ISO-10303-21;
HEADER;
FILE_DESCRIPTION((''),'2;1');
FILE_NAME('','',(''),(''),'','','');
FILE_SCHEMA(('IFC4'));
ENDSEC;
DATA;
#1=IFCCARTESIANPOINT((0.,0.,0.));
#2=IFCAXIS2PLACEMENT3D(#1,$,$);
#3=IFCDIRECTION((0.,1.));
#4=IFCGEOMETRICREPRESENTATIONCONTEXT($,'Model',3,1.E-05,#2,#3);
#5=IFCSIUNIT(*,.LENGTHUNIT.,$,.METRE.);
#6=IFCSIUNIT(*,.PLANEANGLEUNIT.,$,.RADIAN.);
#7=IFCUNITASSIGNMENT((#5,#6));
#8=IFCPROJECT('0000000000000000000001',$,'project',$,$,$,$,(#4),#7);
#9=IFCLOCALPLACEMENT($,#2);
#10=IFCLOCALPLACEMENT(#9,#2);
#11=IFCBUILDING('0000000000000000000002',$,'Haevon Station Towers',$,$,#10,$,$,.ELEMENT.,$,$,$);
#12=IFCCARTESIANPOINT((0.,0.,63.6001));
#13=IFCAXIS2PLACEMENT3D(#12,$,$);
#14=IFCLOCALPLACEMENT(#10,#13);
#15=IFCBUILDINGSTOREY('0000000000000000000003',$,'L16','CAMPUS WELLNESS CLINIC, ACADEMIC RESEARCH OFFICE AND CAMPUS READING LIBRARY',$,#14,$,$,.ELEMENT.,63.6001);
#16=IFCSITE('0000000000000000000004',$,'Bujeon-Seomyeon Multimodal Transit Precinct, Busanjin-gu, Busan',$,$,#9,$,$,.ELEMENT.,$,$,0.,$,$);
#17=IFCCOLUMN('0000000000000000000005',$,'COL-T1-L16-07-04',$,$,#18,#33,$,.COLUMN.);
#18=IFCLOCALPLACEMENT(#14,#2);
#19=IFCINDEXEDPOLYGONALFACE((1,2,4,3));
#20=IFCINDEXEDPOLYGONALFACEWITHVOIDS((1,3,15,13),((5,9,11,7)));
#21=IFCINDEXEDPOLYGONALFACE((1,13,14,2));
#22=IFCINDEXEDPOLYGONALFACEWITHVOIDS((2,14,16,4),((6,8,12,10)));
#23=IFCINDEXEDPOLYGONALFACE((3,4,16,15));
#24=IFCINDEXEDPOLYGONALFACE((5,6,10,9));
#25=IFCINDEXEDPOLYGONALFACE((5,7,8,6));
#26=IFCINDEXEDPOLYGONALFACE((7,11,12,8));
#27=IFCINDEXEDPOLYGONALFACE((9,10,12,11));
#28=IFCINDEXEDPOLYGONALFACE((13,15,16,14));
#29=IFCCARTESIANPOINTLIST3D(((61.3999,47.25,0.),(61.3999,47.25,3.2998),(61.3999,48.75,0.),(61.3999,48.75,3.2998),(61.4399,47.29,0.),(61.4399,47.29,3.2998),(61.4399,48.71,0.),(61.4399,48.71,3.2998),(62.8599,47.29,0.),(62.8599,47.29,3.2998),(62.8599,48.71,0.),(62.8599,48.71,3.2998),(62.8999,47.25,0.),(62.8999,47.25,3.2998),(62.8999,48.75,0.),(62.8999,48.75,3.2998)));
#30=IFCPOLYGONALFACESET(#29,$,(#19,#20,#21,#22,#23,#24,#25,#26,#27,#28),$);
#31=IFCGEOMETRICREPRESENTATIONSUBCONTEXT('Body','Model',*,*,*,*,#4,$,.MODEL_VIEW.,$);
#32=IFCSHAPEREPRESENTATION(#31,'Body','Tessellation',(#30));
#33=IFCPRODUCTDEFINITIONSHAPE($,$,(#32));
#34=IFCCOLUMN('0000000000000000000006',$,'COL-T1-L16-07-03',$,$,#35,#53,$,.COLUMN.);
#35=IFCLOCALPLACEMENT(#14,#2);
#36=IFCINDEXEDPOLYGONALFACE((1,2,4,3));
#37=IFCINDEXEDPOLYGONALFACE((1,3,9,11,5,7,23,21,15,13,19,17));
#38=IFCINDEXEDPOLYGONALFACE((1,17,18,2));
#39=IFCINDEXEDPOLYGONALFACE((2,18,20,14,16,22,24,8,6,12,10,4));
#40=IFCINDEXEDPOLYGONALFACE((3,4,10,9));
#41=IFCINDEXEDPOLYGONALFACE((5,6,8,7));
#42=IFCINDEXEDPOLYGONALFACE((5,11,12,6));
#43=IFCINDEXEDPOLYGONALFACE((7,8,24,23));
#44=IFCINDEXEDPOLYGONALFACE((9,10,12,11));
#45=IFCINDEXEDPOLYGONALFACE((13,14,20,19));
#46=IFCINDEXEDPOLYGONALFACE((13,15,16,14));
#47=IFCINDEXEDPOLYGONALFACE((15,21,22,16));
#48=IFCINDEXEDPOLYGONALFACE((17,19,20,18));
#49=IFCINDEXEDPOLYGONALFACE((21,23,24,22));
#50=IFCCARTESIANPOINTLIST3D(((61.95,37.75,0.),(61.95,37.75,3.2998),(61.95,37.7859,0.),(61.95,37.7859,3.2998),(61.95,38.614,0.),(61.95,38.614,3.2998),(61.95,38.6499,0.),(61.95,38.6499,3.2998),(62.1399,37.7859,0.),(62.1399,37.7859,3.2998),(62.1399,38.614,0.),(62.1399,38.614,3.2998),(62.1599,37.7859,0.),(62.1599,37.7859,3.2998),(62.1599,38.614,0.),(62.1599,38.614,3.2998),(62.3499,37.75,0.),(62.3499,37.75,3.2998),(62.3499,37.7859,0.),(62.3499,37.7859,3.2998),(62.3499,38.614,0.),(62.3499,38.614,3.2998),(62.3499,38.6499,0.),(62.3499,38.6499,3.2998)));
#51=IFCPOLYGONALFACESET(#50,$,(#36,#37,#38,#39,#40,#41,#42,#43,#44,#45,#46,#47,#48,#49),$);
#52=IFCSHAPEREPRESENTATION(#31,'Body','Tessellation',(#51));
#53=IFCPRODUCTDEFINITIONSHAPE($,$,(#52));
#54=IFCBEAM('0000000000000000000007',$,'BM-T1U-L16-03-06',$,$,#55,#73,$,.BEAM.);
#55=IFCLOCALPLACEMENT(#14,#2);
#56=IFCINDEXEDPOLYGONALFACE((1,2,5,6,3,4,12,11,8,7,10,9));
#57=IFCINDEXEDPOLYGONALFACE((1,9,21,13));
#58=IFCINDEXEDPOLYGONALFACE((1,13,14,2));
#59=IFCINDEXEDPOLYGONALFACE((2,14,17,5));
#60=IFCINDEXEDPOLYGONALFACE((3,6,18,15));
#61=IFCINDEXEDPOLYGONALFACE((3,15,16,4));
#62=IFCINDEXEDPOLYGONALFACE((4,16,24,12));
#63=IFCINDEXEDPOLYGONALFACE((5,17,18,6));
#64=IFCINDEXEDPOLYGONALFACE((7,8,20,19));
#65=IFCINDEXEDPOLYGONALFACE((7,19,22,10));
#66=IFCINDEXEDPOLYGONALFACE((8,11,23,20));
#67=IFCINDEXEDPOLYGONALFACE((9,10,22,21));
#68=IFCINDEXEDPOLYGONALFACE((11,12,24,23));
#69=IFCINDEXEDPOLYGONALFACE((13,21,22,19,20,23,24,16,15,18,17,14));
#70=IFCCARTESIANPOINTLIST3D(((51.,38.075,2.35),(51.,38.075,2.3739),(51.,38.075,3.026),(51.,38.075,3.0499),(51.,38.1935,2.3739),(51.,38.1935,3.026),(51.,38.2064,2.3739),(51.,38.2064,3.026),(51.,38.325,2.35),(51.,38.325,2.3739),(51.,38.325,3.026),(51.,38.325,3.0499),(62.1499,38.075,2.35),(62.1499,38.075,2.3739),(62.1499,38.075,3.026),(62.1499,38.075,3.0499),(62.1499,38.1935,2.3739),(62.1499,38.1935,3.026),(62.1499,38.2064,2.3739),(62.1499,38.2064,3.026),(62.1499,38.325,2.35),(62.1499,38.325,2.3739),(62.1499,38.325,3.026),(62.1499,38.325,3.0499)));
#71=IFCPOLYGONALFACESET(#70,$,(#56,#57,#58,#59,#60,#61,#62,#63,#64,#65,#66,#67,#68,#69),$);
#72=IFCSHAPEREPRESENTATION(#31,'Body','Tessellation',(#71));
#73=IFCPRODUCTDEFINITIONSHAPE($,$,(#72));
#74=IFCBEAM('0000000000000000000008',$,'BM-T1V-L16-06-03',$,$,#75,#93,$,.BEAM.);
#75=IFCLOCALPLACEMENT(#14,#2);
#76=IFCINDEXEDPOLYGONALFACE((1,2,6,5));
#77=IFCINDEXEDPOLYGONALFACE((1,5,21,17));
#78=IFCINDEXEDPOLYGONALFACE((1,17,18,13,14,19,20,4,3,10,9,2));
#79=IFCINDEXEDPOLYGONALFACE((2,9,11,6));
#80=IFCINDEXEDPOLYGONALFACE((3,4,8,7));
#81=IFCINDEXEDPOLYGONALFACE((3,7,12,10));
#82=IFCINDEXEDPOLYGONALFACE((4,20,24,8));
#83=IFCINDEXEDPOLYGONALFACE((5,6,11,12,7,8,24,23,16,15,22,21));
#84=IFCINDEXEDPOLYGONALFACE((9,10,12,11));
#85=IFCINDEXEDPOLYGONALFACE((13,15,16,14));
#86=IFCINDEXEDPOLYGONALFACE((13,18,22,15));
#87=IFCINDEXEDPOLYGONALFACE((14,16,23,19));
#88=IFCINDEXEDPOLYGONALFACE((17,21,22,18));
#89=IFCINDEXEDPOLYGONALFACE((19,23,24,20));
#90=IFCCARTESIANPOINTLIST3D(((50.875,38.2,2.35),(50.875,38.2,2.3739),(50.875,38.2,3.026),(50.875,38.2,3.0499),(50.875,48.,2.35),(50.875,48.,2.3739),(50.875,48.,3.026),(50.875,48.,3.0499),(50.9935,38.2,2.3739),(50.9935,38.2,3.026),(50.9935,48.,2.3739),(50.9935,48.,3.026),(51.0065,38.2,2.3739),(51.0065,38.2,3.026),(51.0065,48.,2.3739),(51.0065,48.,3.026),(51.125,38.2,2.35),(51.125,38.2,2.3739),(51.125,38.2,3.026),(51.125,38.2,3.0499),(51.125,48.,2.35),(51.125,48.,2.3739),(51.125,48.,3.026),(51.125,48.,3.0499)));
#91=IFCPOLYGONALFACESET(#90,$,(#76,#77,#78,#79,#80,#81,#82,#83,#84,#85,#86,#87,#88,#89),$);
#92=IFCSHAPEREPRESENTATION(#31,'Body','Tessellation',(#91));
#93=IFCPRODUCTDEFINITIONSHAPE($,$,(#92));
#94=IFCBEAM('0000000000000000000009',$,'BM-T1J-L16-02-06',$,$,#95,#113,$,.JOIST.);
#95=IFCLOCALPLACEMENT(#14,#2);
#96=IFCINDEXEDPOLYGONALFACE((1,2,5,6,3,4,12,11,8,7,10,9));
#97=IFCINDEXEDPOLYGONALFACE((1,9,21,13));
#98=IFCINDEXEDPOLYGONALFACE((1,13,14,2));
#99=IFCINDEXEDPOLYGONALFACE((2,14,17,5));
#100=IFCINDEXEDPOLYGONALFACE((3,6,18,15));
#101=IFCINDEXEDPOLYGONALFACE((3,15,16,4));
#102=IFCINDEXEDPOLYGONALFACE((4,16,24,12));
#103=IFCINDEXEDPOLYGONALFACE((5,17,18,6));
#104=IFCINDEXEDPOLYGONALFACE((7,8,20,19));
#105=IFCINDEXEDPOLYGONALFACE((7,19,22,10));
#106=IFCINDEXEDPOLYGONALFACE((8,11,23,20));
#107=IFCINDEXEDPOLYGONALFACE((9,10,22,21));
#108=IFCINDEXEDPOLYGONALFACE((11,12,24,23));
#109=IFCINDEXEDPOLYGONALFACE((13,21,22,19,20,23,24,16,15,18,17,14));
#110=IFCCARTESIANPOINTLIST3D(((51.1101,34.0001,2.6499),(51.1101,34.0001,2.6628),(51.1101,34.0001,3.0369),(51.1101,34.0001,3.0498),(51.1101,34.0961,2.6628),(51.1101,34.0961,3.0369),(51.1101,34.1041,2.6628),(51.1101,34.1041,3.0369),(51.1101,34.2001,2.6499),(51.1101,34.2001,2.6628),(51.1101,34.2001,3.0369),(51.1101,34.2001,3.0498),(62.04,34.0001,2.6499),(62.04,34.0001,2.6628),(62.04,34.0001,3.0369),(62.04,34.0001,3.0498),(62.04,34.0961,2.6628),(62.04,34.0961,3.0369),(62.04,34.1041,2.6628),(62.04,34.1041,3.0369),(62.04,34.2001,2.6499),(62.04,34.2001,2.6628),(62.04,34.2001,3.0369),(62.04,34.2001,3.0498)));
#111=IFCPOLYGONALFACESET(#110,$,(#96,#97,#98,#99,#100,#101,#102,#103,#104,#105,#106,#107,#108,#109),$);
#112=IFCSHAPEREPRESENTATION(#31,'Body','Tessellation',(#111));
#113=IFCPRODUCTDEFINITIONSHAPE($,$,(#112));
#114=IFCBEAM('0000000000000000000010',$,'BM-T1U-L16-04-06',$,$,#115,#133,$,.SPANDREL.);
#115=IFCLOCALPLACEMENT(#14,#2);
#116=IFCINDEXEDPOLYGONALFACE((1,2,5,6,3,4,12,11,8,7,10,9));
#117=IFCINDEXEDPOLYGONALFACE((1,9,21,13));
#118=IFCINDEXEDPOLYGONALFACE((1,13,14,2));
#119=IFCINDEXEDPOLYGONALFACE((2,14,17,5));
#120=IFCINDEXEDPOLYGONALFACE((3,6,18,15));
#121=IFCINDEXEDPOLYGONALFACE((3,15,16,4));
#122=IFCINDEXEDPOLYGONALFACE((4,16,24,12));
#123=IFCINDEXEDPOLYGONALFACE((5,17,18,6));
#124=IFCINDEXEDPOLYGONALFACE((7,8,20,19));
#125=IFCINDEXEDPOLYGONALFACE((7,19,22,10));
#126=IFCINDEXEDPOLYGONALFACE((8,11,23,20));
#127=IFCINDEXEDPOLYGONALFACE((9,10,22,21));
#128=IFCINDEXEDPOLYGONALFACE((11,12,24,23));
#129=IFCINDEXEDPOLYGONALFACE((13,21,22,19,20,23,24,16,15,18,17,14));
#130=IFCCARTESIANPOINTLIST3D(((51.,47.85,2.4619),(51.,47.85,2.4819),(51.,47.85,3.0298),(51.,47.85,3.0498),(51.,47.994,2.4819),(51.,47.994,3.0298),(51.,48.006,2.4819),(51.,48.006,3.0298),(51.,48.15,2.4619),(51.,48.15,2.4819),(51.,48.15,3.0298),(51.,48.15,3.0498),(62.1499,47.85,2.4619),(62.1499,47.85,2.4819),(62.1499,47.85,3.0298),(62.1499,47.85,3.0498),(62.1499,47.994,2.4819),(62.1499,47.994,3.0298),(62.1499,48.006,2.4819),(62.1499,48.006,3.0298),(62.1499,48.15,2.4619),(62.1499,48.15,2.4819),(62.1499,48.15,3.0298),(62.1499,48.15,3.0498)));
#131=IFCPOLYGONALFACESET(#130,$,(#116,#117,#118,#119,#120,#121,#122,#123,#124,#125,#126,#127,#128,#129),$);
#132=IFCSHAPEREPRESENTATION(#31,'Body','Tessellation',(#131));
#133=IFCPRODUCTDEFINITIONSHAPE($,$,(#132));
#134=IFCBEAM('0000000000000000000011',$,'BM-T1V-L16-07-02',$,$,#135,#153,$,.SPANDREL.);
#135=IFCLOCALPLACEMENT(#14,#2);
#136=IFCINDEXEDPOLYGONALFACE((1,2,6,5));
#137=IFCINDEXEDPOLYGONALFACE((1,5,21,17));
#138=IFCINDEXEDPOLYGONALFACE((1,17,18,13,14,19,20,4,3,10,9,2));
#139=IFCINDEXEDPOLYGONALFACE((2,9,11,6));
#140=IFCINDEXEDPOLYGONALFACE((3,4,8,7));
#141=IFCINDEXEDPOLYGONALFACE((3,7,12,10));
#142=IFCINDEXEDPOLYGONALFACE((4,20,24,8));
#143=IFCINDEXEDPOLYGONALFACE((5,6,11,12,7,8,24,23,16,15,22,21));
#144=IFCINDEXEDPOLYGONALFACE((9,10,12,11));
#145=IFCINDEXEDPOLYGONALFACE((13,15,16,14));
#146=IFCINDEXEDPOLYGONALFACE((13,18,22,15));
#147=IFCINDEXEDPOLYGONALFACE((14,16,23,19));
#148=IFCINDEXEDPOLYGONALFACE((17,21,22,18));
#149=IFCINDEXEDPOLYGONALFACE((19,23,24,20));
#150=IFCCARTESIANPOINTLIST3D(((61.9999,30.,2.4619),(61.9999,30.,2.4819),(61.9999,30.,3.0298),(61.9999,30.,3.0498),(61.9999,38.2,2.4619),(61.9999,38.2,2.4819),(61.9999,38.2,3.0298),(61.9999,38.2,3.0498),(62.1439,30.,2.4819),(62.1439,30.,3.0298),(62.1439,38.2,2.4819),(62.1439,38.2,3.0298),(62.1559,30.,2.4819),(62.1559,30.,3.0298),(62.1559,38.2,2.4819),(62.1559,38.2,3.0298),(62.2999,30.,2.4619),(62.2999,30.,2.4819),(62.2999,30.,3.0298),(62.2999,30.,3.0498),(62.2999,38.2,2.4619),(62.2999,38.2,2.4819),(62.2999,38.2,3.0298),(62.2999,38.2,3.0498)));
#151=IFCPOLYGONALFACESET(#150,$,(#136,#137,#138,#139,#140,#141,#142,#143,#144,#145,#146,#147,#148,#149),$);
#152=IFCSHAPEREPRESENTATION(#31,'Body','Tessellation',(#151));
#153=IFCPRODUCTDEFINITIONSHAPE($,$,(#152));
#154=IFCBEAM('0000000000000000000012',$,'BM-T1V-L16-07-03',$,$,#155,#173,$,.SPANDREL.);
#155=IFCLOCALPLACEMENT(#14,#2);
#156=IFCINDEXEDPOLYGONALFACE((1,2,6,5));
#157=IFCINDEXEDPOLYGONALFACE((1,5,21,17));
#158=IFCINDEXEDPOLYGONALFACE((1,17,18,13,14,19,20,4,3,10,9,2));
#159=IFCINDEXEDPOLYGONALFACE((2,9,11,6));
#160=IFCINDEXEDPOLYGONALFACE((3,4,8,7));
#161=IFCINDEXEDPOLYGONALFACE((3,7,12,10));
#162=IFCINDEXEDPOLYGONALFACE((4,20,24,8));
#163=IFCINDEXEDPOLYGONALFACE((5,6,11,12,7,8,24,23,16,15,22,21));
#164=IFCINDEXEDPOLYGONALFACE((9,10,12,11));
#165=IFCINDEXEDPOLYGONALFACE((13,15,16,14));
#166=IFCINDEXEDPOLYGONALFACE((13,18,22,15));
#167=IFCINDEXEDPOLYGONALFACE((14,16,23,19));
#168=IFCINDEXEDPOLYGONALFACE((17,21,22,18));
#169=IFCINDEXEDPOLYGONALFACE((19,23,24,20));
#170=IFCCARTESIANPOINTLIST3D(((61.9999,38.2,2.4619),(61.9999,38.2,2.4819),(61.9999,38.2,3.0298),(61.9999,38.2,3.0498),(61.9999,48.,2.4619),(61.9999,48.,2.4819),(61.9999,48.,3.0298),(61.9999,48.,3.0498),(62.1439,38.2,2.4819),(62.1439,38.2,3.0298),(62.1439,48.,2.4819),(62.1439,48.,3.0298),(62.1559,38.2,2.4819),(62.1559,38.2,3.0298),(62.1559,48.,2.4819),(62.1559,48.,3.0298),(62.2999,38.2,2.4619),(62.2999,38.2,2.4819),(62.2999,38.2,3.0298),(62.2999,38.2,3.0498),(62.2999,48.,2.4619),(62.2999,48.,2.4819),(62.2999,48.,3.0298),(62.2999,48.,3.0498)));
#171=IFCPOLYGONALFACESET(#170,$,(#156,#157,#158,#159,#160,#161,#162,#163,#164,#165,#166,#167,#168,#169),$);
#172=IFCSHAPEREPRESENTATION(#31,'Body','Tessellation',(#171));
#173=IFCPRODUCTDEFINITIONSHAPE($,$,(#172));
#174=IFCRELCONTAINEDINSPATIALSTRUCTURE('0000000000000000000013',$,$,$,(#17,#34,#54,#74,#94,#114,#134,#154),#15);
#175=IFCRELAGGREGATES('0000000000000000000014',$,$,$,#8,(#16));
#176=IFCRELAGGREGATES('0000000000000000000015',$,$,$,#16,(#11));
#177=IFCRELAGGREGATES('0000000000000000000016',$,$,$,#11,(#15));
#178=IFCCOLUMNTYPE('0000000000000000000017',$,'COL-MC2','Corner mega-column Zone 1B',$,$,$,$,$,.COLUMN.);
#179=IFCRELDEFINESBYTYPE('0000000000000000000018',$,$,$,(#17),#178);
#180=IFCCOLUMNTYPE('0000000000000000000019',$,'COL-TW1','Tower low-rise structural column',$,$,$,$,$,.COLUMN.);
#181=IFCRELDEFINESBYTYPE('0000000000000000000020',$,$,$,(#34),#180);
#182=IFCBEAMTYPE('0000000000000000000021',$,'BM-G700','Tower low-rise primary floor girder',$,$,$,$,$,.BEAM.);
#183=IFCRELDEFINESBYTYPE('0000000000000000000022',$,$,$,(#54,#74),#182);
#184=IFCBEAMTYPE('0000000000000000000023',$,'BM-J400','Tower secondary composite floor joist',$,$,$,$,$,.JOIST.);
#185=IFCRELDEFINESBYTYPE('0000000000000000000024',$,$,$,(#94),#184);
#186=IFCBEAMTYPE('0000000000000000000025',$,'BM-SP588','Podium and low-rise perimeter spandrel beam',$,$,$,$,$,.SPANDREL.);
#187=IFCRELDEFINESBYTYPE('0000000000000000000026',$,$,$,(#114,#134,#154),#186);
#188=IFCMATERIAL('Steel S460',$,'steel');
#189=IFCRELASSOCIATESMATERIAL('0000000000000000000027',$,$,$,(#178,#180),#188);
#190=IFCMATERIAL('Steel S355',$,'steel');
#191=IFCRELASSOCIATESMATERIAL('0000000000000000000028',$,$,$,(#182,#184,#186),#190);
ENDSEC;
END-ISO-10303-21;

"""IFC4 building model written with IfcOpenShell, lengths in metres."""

from ifc_helpers import new_model, si_unit, direction, frame, origin, origin_2d, place, context, subcontext, project, spatial, hollow_rectangle, i_section, extrude, material, material_profile, profile_set, type_object, element, save


model = new_model("IFC4")

# Units and contexts
model_context = context("Model", 3, precision=1e-05, world=origin(), true_north=direction((0.0, 1.0)))
body_context = subcontext(model_context, "Body", "Model", "MODEL_VIEW")
ifc_project = project(units=[si_unit("LENGTHUNIT", "METRE"), si_unit("PLANEANGLEUNIT", "RADIAN")], contexts=[model_context])

# Site, building, storey
site_placement = place(None, origin())
site = spatial("IfcSite", under=ifc_project, at=site_placement, Name="Bujeon-Seomyeon Multimodal Transit Precinct, Busanjin-gu, Busan", CompositionType="ELEMENT", RefElevation=0.0)
building_placement = place(site_placement, origin())
building = spatial("IfcBuilding", under=site, at=building_placement, Name="Haevon Station Towers", CompositionType="ELEMENT")
storey_placement = place(building_placement, frame((0.0, 0.0, 63.6001)))
storey = spatial("IfcBuildingStorey", under=building, at=storey_placement, Name="L16", Description="CAMPUS WELLNESS CLINIC, ACADEMIC RESEARCH OFFICE AND CAMPUS READING LIBRARY", CompositionType="ELEMENT", Elevation=63.6001)

# Columns
ifc_material_1 = material(Name="Steel S460", Category="steel")
ifc_material_profile_1 = material_profile(ifc_material_1, hollow_rectangle(XDim=1.5, YDim=1.5, WallThickness=0.04, at=origin_2d()), Name="BOX-1500x1500x40")
ifc_profile_set_1 = profile_set([ifc_material_profile_1], Name="Steel S460")
column_type_1 = type_object("IfcColumnType", Name="COL-MC2", Description="Corner mega-column Zone 1B", PredefinedType="COLUMN", material=ifc_profile_set_1)
column_1_placement = place(storey_placement, frame((62.1499, 48.0, 0.0), z_axis=(0.0, 0.0, 1.0), x_axis=(1.0, 0.0, 0.0)))
element("IfcColumn", 1, at=column_1_placement, inside=storey, type_object=column_type_1, Name="COL-T1-L16-07-04", PredefinedType="COLUMN", context=body_context, shape_type="SweptSolid", body=[
    extrude(hollow_rectangle(XDim=1.5, YDim=1.5, WallThickness=0.04, at=origin_2d()), origin(), (0.0, 0.0, 1.0), 3.2998),
])
ifc_material_profile_2 = material_profile(ifc_material_1, i_section(OverallWidth=0.3999, OverallDepth=0.8999, WebThickness=0.02, FlangeThickness=0.0359, at=origin_2d()), Name="H-900x400x20x36")
ifc_profile_set_2 = profile_set([ifc_material_profile_2], Name="Steel S460")
column_type_2 = type_object("IfcColumnType", Name="COL-TW1", Description="Tower low-rise structural column", PredefinedType="COLUMN", material=ifc_profile_set_2)
column_2_placement = place(storey_placement, frame((62.1499, 38.2, 0.0), z_axis=(0.0, 0.0, 1.0), x_axis=(1.0, 0.0, 0.0)))
element("IfcColumn", 2, at=column_2_placement, inside=storey, type_object=column_type_2, Name="COL-T1-L16-07-03", PredefinedType="COLUMN", context=body_context, shape_type="SweptSolid", body=[
    extrude(i_section(OverallWidth=0.3999, OverallDepth=0.8999, WebThickness=0.02, FlangeThickness=0.0359, at=origin_2d()), origin(), (0.0, 0.0, 1.0), 3.2998),
])

# Beams
ifc_material_2 = material(Name="Steel S355", Category="steel")
ifc_material_profile_3 = material_profile(ifc_material_2, i_section(OverallWidth=0.25, OverallDepth=0.7, WebThickness=0.0129, FlangeThickness=0.0239, at=origin_2d()), Name="H-700x250x13x24")
ifc_profile_set_3 = profile_set([ifc_material_profile_3], Name="Steel S355")
beam_type_1 = type_object("IfcBeamType", Name="BM-G700", Description="Tower low-rise primary floor girder", PredefinedType="BEAM", material=ifc_profile_set_3)
beam_1_placement = place(storey_placement, frame((51.0, 38.2, 2.7), z_axis=(1.0, 0.0, 0.0), x_axis=(0.0, 1.0, 0.0)))
element("IfcBeam", 3, at=beam_1_placement, inside=storey, type_object=beam_type_1, Name="BM-T1U-L16-03-06", PredefinedType="BEAM", context=body_context, shape_type="SweptSolid", body=[
    extrude(i_section(OverallWidth=0.25, OverallDepth=0.7, WebThickness=0.0129, FlangeThickness=0.0239, at=origin_2d()), origin(), (0.0, 0.0, 1.0), 11.1499),
])
beam_2_placement = place(storey_placement, frame((51.0, 38.2, 2.7), z_axis=(0.0, 1.0, 0.0), x_axis=(-1.0, 0.0, 0.0)))
element("IfcBeam", 4, at=beam_2_placement, inside=storey, type_object=beam_type_1, Name="BM-T1V-L16-06-03", PredefinedType="BEAM", context=body_context, shape_type="SweptSolid", body=[
    extrude(i_section(OverallWidth=0.25, OverallDepth=0.7, WebThickness=0.0129, FlangeThickness=0.0239, at=origin_2d()), origin(), (0.0, 0.0, 1.0), 9.8),
])
ifc_material_profile_4 = material_profile(ifc_material_2, i_section(OverallWidth=0.2, OverallDepth=0.3999, WebThickness=0.0081, FlangeThickness=0.0129, at=origin_2d()), Name="H-400x200x8x13")
ifc_profile_set_4 = profile_set([ifc_material_profile_4], Name="Steel S355")
beam_type_2 = type_object("IfcBeamType", Name="BM-J400", Description="Tower secondary composite floor joist", PredefinedType="JOIST", material=ifc_profile_set_4)
beam_3_placement = place(storey_placement, frame((51.1101, 34.1001, 2.8499), z_axis=(1.0, 0.0, 0.0), x_axis=(0.0, 1.0, 0.0)))
element("IfcBeam", 5, at=beam_3_placement, inside=storey, type_object=beam_type_2, Name="BM-T1J-L16-02-06", PredefinedType="JOIST", context=body_context, shape_type="SweptSolid", body=[
    extrude(i_section(OverallWidth=0.2, OverallDepth=0.3999, WebThickness=0.0081, FlangeThickness=0.0129, at=origin_2d()), origin(), (0.0, 0.0, 1.0), 10.9299),
])
ifc_material_profile_5 = material_profile(ifc_material_2, i_section(OverallWidth=0.3, OverallDepth=0.5879, WebThickness=0.012, FlangeThickness=0.02, at=origin_2d()), Name="H-588x300x12x20")
ifc_profile_set_5 = profile_set([ifc_material_profile_5], Name="Steel S355")
beam_type_3 = type_object("IfcBeamType", Name="BM-SP588", Description="Podium and low-rise perimeter spandrel beam", PredefinedType="SPANDREL", material=ifc_profile_set_5)
beam_4_placement = place(storey_placement, frame((51.0, 48.0, 2.7559), z_axis=(1.0, 0.0, 0.0), x_axis=(0.0, 1.0, 0.0)))
element("IfcBeam", 6, at=beam_4_placement, inside=storey, type_object=beam_type_3, Name="BM-T1U-L16-04-06", PredefinedType="SPANDREL", context=body_context, shape_type="SweptSolid", body=[
    extrude(i_section(OverallWidth=0.3, OverallDepth=0.5879, WebThickness=0.012, FlangeThickness=0.02, at=origin_2d()), origin(), (0.0, 0.0, 1.0), 11.1499),
])
beam_5_placement = place(storey_placement, frame((62.1499, 30.0, 2.7559), z_axis=(0.0, 1.0, 0.0), x_axis=(-1.0, 0.0, 0.0)))
element("IfcBeam", 7, at=beam_5_placement, inside=storey, type_object=beam_type_3, Name="BM-T1V-L16-07-02", PredefinedType="SPANDREL", context=body_context, shape_type="SweptSolid", body=[
    extrude(i_section(OverallWidth=0.3, OverallDepth=0.5879, WebThickness=0.012, FlangeThickness=0.02, at=origin_2d()), origin(), (0.0, 0.0, 1.0), 8.2),
])
beam_6_placement = place(storey_placement, frame((62.1499, 38.2, 2.7559), z_axis=(0.0, 1.0, 0.0), x_axis=(-1.0, 0.0, 0.0)))
element("IfcBeam", 8, at=beam_6_placement, inside=storey, type_object=beam_type_3, Name="BM-T1V-L16-07-03", PredefinedType="SPANDREL", context=body_context, shape_type="SweptSolid", body=[
    extrude(i_section(OverallWidth=0.3, OverallDepth=0.5879, WebThickness=0.012, FlangeThickness=0.02, at=origin_2d()), origin(), (0.0, 0.0, 1.0), 9.8),
])

save(model, "model.ifc")
